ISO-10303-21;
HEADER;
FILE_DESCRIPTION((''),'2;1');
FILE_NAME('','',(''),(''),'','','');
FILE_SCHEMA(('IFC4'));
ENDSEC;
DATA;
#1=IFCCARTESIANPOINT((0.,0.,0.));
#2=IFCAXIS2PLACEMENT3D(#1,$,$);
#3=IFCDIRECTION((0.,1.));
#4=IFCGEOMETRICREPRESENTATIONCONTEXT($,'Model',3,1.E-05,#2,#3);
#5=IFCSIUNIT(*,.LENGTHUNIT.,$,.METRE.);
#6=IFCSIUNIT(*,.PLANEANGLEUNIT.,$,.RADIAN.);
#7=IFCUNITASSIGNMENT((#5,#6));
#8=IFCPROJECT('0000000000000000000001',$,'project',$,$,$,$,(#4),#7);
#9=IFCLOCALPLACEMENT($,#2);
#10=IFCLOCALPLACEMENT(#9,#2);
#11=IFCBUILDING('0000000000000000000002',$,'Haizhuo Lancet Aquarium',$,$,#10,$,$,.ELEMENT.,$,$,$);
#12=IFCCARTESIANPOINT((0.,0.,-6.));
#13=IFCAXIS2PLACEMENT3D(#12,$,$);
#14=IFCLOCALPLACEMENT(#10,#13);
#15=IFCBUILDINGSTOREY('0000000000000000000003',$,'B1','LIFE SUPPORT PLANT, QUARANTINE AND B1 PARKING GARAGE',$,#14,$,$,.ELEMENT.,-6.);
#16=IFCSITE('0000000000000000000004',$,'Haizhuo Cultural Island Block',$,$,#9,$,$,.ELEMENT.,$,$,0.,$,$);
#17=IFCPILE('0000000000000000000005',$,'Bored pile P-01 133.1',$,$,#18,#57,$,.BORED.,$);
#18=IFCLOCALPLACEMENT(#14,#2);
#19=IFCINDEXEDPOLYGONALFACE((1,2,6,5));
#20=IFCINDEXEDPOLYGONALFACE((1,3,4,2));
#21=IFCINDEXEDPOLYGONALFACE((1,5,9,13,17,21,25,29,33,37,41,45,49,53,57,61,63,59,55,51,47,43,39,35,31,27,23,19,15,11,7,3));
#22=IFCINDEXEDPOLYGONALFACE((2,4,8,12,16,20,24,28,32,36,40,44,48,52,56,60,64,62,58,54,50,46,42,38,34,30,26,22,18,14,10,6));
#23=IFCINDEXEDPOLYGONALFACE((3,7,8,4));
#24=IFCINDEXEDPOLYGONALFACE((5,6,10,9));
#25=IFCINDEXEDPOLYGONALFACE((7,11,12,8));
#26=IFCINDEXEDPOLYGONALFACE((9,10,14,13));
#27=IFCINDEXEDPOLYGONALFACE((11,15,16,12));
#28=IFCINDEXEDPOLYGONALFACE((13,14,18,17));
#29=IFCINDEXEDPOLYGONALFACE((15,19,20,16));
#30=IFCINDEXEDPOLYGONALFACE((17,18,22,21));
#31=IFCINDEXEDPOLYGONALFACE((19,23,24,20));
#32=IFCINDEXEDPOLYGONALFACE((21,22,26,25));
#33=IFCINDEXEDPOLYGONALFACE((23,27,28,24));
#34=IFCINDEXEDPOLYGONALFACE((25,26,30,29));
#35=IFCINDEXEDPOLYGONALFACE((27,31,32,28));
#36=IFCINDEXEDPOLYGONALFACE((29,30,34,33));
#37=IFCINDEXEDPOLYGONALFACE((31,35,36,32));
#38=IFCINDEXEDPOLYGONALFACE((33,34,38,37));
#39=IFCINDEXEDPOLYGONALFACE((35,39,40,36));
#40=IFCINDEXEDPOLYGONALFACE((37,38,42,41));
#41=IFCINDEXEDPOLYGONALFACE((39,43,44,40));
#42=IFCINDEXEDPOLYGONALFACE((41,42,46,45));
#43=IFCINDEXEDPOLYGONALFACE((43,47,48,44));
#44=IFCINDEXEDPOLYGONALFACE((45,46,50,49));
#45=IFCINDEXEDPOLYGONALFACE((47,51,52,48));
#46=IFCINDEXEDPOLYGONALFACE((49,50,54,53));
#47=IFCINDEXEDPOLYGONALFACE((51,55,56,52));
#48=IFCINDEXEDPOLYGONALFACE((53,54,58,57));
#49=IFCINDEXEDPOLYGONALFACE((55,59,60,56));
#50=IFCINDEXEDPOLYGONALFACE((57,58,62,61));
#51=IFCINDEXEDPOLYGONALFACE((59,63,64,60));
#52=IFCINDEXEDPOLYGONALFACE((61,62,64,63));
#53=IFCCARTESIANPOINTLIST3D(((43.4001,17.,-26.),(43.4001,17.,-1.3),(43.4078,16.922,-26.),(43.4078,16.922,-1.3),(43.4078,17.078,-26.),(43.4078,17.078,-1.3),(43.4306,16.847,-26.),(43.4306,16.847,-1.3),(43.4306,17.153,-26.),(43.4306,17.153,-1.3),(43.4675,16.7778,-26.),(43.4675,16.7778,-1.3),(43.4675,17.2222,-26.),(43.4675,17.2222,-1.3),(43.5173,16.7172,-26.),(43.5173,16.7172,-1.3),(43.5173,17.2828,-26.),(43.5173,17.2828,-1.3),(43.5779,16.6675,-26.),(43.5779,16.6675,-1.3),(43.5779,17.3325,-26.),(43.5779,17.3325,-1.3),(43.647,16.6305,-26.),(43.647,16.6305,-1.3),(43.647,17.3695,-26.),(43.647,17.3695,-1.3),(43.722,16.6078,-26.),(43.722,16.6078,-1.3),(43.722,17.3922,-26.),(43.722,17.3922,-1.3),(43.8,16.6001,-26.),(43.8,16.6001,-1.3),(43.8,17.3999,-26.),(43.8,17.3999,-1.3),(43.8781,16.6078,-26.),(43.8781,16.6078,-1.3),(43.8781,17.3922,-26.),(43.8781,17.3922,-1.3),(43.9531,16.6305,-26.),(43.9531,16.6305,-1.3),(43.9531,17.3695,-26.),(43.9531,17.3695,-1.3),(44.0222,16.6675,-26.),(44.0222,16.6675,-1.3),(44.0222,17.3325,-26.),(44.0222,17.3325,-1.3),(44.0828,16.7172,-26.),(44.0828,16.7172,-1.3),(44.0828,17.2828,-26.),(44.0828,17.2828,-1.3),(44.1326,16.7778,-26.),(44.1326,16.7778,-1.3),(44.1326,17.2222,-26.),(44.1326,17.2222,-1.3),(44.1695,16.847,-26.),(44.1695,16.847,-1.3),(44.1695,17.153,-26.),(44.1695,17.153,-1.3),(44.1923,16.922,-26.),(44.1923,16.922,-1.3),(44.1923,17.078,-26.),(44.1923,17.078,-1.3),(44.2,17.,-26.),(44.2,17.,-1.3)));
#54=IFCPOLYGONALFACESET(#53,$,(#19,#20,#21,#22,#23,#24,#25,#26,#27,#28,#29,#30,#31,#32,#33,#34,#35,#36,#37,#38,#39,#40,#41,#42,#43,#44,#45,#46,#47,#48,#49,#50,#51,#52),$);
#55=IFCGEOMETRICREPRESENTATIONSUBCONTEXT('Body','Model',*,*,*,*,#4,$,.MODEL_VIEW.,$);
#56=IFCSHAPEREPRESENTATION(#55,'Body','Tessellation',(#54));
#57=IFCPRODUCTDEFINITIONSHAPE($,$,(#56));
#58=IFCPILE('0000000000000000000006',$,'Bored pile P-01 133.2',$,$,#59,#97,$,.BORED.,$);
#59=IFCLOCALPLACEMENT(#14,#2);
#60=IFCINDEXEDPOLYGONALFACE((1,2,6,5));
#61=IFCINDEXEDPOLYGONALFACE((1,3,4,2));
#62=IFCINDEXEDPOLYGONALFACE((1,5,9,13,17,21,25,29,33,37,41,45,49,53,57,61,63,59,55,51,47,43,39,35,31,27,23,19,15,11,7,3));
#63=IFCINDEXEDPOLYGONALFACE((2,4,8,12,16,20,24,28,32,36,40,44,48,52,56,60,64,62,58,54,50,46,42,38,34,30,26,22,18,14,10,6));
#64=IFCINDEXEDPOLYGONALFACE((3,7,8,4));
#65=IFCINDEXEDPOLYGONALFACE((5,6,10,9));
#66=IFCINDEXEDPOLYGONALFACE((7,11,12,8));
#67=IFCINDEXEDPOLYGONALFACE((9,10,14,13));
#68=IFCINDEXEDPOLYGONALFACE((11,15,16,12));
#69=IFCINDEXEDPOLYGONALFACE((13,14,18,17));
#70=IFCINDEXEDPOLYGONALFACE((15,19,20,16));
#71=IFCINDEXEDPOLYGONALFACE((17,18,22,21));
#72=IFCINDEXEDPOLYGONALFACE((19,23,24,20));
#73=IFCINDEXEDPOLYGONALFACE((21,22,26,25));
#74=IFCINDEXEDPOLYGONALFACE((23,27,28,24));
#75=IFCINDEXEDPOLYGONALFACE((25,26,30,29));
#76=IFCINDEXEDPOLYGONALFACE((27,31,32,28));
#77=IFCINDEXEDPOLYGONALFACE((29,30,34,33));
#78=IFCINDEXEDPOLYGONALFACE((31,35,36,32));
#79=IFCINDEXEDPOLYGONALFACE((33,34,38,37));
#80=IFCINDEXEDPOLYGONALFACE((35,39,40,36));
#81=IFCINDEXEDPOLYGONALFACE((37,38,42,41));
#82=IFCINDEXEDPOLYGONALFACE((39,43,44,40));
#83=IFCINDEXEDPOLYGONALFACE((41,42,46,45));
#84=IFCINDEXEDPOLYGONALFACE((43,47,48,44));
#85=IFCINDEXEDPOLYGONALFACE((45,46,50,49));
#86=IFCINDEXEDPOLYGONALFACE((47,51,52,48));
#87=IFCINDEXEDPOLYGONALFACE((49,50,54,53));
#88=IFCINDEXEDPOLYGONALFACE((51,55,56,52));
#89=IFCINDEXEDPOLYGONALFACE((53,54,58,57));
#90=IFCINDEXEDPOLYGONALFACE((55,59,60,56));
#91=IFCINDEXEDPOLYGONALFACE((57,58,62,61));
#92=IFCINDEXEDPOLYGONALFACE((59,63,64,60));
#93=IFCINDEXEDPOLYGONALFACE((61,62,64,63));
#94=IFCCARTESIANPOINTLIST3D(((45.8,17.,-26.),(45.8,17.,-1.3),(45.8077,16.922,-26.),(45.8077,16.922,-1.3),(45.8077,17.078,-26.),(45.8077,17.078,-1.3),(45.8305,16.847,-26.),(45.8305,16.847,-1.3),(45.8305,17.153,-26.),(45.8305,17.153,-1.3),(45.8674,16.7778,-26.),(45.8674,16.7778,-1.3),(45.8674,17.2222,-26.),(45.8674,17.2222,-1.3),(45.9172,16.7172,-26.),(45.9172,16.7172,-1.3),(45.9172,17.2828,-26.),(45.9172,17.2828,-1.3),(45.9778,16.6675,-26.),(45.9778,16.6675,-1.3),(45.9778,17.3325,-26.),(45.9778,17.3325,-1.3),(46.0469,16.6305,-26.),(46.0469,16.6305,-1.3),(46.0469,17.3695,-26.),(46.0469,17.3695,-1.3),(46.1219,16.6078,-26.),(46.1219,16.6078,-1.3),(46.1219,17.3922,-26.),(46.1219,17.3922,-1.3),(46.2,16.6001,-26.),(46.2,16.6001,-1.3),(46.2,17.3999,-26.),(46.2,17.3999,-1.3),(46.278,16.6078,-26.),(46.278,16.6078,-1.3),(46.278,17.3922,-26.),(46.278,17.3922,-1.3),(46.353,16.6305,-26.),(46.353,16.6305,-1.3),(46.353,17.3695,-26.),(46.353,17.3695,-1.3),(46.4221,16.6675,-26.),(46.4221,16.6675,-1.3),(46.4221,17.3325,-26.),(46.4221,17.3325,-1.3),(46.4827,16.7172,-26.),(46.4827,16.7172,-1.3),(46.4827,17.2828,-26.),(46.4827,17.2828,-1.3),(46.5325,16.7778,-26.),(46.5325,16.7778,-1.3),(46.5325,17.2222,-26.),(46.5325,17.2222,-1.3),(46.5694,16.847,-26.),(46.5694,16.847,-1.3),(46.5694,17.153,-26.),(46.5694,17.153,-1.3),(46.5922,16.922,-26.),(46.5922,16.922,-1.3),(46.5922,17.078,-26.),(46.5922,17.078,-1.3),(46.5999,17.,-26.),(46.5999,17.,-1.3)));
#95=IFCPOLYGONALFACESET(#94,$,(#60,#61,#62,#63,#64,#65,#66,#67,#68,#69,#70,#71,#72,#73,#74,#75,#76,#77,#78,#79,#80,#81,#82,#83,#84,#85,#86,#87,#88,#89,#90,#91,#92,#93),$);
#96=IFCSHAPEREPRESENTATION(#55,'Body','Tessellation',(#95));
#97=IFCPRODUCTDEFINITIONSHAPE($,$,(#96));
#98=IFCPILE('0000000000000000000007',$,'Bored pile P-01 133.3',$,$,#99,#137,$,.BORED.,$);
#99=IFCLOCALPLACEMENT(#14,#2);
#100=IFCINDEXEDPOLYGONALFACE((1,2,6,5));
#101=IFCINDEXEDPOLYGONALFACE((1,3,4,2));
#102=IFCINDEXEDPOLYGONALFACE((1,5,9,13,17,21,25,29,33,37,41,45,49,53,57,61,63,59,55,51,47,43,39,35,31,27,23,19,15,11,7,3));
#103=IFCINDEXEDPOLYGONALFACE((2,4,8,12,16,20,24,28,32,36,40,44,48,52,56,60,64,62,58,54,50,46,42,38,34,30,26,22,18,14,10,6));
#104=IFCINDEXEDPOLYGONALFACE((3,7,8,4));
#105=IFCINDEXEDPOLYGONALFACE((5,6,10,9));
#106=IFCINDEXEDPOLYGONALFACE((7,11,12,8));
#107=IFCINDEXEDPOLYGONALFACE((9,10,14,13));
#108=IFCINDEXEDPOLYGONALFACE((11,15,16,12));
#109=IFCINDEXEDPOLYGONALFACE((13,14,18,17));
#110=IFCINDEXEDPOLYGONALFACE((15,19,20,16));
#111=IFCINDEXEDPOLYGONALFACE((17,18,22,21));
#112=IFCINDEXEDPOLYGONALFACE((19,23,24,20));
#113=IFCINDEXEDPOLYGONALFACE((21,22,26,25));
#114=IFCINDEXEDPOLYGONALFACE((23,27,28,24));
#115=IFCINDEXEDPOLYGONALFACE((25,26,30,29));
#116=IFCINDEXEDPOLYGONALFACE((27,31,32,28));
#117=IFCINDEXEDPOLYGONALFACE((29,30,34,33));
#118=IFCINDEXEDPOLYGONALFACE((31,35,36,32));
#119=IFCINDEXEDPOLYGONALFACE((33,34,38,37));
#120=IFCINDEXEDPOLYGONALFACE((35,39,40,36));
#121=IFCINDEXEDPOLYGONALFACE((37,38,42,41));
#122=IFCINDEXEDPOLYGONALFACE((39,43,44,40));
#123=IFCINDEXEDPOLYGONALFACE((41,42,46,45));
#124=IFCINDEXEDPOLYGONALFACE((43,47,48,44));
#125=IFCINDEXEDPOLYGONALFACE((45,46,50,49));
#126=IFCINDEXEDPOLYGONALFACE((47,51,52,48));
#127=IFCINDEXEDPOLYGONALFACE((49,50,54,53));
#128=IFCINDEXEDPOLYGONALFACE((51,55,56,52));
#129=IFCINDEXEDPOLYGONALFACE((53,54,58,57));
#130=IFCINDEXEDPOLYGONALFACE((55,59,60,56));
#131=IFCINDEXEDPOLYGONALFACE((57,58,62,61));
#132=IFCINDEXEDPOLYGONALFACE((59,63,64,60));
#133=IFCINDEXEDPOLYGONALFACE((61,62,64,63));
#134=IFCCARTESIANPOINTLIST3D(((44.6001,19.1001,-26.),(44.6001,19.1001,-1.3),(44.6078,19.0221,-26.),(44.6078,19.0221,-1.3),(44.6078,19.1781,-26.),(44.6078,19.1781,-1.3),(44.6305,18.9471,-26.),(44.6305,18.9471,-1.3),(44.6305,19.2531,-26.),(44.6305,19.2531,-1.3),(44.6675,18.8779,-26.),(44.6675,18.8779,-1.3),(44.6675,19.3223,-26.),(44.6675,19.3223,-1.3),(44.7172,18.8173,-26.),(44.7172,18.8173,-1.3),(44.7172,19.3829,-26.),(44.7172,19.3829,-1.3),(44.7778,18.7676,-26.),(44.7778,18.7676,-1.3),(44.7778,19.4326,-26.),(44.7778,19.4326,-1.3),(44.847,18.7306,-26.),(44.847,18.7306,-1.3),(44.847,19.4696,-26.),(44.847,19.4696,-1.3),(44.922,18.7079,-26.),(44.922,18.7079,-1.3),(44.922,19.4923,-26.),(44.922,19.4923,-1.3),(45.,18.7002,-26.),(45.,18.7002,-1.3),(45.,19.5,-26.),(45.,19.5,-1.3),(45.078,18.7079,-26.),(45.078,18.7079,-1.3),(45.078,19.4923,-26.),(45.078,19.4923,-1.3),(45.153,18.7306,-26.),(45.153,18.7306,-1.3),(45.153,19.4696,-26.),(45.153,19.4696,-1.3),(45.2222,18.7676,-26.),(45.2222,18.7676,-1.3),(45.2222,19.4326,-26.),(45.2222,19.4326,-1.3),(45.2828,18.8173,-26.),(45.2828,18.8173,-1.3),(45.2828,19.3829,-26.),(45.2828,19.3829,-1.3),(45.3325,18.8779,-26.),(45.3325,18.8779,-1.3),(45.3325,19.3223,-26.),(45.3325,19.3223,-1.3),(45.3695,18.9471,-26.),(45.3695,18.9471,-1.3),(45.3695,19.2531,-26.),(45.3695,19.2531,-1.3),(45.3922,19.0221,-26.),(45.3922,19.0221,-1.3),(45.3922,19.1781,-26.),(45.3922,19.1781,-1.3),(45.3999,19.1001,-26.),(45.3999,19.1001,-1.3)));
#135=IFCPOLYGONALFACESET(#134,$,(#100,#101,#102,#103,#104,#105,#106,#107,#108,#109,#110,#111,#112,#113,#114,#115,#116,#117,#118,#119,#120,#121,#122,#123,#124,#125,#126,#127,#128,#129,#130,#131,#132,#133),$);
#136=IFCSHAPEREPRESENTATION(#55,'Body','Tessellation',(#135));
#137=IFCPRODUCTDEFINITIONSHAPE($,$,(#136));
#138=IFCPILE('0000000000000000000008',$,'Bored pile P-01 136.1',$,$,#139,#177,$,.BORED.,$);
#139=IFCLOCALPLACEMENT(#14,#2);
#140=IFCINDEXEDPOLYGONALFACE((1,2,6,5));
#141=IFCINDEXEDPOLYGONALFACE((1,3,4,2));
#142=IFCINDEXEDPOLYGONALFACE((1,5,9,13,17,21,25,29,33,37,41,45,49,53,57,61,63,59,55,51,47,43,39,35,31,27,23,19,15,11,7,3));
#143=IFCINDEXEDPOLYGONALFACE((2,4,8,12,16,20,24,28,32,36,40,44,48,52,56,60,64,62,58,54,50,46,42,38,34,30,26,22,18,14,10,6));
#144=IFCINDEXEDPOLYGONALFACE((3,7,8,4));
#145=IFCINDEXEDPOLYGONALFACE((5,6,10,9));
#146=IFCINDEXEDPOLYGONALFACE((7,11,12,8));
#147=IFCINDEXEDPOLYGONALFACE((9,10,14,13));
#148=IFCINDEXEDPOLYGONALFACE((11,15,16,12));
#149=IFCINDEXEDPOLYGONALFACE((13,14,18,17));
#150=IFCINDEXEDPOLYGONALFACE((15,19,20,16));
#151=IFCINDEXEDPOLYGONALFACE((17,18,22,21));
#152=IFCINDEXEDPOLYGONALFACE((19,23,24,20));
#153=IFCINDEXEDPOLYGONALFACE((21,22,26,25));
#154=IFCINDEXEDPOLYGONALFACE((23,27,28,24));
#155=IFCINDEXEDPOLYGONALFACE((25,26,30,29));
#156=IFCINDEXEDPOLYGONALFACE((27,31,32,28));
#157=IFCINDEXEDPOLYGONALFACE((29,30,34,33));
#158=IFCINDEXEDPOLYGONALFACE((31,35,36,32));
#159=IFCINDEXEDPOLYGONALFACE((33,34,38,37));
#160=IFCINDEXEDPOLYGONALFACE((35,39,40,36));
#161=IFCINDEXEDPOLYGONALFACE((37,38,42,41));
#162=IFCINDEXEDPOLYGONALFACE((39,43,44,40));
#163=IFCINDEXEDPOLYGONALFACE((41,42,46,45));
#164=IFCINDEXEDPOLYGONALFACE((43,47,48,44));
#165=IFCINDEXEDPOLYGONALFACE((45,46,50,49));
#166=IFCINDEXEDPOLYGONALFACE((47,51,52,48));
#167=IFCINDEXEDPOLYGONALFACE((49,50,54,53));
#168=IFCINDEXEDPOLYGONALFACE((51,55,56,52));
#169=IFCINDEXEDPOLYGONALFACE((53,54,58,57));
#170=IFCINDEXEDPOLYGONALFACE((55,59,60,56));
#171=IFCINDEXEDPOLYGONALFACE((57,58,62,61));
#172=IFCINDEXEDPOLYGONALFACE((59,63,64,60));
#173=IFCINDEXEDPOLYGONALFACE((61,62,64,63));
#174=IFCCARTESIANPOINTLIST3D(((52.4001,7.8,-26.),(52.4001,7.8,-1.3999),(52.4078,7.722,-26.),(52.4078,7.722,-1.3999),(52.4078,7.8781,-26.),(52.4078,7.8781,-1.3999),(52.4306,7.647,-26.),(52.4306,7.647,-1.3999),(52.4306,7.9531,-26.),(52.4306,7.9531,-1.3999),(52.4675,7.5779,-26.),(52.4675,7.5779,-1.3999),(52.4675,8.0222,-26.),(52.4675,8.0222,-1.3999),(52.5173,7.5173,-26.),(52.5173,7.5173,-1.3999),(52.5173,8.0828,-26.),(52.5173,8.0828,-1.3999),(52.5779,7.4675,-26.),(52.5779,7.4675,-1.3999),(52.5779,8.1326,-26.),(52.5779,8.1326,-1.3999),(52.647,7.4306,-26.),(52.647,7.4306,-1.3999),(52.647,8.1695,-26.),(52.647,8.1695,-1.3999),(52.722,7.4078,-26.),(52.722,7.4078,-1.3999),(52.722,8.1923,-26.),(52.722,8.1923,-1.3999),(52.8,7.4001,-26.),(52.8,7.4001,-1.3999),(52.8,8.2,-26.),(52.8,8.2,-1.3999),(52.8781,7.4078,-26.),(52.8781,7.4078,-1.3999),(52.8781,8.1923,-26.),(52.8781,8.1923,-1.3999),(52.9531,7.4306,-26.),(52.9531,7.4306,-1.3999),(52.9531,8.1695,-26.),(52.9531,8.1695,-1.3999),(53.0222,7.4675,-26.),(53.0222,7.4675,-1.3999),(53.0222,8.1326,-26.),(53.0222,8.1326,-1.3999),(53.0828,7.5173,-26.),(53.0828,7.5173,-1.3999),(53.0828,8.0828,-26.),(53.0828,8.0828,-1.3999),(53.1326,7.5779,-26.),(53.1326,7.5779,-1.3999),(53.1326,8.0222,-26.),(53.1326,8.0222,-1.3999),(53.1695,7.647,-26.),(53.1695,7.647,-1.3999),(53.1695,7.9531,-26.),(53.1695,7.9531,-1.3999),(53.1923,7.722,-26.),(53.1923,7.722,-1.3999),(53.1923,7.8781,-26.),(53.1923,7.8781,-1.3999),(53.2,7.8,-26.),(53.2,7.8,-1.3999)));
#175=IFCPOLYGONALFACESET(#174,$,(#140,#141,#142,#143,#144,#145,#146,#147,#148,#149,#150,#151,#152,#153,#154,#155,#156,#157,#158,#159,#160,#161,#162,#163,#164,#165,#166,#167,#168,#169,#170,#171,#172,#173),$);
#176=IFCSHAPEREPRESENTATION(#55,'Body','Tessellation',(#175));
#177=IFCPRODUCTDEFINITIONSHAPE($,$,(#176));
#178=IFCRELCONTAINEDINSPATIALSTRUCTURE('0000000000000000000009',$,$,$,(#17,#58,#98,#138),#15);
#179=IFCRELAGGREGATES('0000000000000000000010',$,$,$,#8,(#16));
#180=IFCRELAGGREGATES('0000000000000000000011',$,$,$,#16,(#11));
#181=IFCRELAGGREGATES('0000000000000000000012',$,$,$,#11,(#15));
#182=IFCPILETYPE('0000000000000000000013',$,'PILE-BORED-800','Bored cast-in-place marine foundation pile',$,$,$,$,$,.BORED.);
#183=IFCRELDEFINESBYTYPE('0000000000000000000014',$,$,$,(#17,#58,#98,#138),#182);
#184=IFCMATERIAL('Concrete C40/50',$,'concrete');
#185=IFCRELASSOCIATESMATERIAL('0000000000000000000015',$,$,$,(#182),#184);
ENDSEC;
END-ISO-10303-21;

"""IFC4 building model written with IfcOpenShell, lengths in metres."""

from ifc_helpers import new_model, si_unit, direction, frame, origin, origin_2d, place, context, subcontext, project, spatial, circle, extrude, material, material_profile, profile_set, type_object, element, save


model = new_model("IFC4")

# Units and contexts
model_context = context("Model", 3, precision=1e-05, world=origin(), true_north=direction((0.0, 1.0)))
body_context = subcontext(model_context, "Body", "Model", "MODEL_VIEW")
ifc_project = project(units=[si_unit("LENGTHUNIT", "METRE"), si_unit("PLANEANGLEUNIT", "RADIAN")], contexts=[model_context])

# Site, building, storey
site_placement = place(None, origin())
site = spatial("IfcSite", under=ifc_project, at=site_placement, Name="Haizhuo Cultural Island Block", CompositionType="ELEMENT", RefElevation=0.0)
building_placement = place(site_placement, origin())
building = spatial("IfcBuilding", under=site, at=building_placement, Name="Haizhuo Lancet Aquarium", CompositionType="ELEMENT")
storey_placement = place(building_placement, frame((0.0, 0.0, -6.0)))
storey = spatial("IfcBuildingStorey", under=building, at=storey_placement, Name="B1", Description="LIFE SUPPORT PLANT, QUARANTINE AND B1 PARKING GARAGE", CompositionType="ELEMENT", Elevation=-6.0)

# Shared definitions
ifc_material_1 = material(Name="Concrete C40/50", Category="concrete")

# Piles
ifc_material_profile_1 = material_profile(ifc_material_1, circle(Radius=0.3999, at=origin_2d()), Name="PILE-800")
ifc_profile_set_1 = profile_set([ifc_material_profile_1], Name="Concrete C40/50")
pile_type = type_object("IfcPileType", Name="PILE-BORED-800", Description="Bored cast-in-place marine foundation pile", PredefinedType="BORED", material=ifc_profile_set_1)
for number, where, z_axis, x_axis, name in (
    (1, (43.8, 17.0, -1.3), (0.0, 0.0, -1.0), (1.0, 0.0, 0.0), "Bored pile P-01 133.1"),
    (2, (46.2, 17.0, -1.3), (0.0, 0.0, -1.0), (1.0, 0.0, 0.0), "Bored pile P-01 133.2"),
    (3, (45.0, 19.1001, -1.3), (0.0, 0.0, -1.0), (1.0, 0.0, 0.0), "Bored pile P-01 133.3"),
):
    element("IfcPile", number, at=place(storey_placement, frame(where, z_axis=z_axis, x_axis=x_axis)), inside=storey, type_object=pile_type, Name=name, PredefinedType="BORED", context=body_context, shape_type="SweptSolid", body=[
        extrude(circle(Radius=0.3999, at=origin_2d()), origin(), (0.0, 0.0, 1.0), 24.7),
    ])
for number, where, z_axis, x_axis, name in (
    (4, (52.8, 7.8, -1.3999), (0.0, 0.0, -1.0), (1.0, 0.0, 0.0), "Bored pile P-01 136.1"),
):
    element("IfcPile", number, at=place(storey_placement, frame(where, z_axis=z_axis, x_axis=x_axis)), inside=storey, type_object=pile_type, Name=name, PredefinedType="BORED", context=body_context, shape_type="SweptSolid", body=[
        extrude(circle(Radius=0.3999, at=origin_2d()), origin(), (0.0, 0.0, 1.0), 24.6001),
    ])

save(model, "model.ifc")
